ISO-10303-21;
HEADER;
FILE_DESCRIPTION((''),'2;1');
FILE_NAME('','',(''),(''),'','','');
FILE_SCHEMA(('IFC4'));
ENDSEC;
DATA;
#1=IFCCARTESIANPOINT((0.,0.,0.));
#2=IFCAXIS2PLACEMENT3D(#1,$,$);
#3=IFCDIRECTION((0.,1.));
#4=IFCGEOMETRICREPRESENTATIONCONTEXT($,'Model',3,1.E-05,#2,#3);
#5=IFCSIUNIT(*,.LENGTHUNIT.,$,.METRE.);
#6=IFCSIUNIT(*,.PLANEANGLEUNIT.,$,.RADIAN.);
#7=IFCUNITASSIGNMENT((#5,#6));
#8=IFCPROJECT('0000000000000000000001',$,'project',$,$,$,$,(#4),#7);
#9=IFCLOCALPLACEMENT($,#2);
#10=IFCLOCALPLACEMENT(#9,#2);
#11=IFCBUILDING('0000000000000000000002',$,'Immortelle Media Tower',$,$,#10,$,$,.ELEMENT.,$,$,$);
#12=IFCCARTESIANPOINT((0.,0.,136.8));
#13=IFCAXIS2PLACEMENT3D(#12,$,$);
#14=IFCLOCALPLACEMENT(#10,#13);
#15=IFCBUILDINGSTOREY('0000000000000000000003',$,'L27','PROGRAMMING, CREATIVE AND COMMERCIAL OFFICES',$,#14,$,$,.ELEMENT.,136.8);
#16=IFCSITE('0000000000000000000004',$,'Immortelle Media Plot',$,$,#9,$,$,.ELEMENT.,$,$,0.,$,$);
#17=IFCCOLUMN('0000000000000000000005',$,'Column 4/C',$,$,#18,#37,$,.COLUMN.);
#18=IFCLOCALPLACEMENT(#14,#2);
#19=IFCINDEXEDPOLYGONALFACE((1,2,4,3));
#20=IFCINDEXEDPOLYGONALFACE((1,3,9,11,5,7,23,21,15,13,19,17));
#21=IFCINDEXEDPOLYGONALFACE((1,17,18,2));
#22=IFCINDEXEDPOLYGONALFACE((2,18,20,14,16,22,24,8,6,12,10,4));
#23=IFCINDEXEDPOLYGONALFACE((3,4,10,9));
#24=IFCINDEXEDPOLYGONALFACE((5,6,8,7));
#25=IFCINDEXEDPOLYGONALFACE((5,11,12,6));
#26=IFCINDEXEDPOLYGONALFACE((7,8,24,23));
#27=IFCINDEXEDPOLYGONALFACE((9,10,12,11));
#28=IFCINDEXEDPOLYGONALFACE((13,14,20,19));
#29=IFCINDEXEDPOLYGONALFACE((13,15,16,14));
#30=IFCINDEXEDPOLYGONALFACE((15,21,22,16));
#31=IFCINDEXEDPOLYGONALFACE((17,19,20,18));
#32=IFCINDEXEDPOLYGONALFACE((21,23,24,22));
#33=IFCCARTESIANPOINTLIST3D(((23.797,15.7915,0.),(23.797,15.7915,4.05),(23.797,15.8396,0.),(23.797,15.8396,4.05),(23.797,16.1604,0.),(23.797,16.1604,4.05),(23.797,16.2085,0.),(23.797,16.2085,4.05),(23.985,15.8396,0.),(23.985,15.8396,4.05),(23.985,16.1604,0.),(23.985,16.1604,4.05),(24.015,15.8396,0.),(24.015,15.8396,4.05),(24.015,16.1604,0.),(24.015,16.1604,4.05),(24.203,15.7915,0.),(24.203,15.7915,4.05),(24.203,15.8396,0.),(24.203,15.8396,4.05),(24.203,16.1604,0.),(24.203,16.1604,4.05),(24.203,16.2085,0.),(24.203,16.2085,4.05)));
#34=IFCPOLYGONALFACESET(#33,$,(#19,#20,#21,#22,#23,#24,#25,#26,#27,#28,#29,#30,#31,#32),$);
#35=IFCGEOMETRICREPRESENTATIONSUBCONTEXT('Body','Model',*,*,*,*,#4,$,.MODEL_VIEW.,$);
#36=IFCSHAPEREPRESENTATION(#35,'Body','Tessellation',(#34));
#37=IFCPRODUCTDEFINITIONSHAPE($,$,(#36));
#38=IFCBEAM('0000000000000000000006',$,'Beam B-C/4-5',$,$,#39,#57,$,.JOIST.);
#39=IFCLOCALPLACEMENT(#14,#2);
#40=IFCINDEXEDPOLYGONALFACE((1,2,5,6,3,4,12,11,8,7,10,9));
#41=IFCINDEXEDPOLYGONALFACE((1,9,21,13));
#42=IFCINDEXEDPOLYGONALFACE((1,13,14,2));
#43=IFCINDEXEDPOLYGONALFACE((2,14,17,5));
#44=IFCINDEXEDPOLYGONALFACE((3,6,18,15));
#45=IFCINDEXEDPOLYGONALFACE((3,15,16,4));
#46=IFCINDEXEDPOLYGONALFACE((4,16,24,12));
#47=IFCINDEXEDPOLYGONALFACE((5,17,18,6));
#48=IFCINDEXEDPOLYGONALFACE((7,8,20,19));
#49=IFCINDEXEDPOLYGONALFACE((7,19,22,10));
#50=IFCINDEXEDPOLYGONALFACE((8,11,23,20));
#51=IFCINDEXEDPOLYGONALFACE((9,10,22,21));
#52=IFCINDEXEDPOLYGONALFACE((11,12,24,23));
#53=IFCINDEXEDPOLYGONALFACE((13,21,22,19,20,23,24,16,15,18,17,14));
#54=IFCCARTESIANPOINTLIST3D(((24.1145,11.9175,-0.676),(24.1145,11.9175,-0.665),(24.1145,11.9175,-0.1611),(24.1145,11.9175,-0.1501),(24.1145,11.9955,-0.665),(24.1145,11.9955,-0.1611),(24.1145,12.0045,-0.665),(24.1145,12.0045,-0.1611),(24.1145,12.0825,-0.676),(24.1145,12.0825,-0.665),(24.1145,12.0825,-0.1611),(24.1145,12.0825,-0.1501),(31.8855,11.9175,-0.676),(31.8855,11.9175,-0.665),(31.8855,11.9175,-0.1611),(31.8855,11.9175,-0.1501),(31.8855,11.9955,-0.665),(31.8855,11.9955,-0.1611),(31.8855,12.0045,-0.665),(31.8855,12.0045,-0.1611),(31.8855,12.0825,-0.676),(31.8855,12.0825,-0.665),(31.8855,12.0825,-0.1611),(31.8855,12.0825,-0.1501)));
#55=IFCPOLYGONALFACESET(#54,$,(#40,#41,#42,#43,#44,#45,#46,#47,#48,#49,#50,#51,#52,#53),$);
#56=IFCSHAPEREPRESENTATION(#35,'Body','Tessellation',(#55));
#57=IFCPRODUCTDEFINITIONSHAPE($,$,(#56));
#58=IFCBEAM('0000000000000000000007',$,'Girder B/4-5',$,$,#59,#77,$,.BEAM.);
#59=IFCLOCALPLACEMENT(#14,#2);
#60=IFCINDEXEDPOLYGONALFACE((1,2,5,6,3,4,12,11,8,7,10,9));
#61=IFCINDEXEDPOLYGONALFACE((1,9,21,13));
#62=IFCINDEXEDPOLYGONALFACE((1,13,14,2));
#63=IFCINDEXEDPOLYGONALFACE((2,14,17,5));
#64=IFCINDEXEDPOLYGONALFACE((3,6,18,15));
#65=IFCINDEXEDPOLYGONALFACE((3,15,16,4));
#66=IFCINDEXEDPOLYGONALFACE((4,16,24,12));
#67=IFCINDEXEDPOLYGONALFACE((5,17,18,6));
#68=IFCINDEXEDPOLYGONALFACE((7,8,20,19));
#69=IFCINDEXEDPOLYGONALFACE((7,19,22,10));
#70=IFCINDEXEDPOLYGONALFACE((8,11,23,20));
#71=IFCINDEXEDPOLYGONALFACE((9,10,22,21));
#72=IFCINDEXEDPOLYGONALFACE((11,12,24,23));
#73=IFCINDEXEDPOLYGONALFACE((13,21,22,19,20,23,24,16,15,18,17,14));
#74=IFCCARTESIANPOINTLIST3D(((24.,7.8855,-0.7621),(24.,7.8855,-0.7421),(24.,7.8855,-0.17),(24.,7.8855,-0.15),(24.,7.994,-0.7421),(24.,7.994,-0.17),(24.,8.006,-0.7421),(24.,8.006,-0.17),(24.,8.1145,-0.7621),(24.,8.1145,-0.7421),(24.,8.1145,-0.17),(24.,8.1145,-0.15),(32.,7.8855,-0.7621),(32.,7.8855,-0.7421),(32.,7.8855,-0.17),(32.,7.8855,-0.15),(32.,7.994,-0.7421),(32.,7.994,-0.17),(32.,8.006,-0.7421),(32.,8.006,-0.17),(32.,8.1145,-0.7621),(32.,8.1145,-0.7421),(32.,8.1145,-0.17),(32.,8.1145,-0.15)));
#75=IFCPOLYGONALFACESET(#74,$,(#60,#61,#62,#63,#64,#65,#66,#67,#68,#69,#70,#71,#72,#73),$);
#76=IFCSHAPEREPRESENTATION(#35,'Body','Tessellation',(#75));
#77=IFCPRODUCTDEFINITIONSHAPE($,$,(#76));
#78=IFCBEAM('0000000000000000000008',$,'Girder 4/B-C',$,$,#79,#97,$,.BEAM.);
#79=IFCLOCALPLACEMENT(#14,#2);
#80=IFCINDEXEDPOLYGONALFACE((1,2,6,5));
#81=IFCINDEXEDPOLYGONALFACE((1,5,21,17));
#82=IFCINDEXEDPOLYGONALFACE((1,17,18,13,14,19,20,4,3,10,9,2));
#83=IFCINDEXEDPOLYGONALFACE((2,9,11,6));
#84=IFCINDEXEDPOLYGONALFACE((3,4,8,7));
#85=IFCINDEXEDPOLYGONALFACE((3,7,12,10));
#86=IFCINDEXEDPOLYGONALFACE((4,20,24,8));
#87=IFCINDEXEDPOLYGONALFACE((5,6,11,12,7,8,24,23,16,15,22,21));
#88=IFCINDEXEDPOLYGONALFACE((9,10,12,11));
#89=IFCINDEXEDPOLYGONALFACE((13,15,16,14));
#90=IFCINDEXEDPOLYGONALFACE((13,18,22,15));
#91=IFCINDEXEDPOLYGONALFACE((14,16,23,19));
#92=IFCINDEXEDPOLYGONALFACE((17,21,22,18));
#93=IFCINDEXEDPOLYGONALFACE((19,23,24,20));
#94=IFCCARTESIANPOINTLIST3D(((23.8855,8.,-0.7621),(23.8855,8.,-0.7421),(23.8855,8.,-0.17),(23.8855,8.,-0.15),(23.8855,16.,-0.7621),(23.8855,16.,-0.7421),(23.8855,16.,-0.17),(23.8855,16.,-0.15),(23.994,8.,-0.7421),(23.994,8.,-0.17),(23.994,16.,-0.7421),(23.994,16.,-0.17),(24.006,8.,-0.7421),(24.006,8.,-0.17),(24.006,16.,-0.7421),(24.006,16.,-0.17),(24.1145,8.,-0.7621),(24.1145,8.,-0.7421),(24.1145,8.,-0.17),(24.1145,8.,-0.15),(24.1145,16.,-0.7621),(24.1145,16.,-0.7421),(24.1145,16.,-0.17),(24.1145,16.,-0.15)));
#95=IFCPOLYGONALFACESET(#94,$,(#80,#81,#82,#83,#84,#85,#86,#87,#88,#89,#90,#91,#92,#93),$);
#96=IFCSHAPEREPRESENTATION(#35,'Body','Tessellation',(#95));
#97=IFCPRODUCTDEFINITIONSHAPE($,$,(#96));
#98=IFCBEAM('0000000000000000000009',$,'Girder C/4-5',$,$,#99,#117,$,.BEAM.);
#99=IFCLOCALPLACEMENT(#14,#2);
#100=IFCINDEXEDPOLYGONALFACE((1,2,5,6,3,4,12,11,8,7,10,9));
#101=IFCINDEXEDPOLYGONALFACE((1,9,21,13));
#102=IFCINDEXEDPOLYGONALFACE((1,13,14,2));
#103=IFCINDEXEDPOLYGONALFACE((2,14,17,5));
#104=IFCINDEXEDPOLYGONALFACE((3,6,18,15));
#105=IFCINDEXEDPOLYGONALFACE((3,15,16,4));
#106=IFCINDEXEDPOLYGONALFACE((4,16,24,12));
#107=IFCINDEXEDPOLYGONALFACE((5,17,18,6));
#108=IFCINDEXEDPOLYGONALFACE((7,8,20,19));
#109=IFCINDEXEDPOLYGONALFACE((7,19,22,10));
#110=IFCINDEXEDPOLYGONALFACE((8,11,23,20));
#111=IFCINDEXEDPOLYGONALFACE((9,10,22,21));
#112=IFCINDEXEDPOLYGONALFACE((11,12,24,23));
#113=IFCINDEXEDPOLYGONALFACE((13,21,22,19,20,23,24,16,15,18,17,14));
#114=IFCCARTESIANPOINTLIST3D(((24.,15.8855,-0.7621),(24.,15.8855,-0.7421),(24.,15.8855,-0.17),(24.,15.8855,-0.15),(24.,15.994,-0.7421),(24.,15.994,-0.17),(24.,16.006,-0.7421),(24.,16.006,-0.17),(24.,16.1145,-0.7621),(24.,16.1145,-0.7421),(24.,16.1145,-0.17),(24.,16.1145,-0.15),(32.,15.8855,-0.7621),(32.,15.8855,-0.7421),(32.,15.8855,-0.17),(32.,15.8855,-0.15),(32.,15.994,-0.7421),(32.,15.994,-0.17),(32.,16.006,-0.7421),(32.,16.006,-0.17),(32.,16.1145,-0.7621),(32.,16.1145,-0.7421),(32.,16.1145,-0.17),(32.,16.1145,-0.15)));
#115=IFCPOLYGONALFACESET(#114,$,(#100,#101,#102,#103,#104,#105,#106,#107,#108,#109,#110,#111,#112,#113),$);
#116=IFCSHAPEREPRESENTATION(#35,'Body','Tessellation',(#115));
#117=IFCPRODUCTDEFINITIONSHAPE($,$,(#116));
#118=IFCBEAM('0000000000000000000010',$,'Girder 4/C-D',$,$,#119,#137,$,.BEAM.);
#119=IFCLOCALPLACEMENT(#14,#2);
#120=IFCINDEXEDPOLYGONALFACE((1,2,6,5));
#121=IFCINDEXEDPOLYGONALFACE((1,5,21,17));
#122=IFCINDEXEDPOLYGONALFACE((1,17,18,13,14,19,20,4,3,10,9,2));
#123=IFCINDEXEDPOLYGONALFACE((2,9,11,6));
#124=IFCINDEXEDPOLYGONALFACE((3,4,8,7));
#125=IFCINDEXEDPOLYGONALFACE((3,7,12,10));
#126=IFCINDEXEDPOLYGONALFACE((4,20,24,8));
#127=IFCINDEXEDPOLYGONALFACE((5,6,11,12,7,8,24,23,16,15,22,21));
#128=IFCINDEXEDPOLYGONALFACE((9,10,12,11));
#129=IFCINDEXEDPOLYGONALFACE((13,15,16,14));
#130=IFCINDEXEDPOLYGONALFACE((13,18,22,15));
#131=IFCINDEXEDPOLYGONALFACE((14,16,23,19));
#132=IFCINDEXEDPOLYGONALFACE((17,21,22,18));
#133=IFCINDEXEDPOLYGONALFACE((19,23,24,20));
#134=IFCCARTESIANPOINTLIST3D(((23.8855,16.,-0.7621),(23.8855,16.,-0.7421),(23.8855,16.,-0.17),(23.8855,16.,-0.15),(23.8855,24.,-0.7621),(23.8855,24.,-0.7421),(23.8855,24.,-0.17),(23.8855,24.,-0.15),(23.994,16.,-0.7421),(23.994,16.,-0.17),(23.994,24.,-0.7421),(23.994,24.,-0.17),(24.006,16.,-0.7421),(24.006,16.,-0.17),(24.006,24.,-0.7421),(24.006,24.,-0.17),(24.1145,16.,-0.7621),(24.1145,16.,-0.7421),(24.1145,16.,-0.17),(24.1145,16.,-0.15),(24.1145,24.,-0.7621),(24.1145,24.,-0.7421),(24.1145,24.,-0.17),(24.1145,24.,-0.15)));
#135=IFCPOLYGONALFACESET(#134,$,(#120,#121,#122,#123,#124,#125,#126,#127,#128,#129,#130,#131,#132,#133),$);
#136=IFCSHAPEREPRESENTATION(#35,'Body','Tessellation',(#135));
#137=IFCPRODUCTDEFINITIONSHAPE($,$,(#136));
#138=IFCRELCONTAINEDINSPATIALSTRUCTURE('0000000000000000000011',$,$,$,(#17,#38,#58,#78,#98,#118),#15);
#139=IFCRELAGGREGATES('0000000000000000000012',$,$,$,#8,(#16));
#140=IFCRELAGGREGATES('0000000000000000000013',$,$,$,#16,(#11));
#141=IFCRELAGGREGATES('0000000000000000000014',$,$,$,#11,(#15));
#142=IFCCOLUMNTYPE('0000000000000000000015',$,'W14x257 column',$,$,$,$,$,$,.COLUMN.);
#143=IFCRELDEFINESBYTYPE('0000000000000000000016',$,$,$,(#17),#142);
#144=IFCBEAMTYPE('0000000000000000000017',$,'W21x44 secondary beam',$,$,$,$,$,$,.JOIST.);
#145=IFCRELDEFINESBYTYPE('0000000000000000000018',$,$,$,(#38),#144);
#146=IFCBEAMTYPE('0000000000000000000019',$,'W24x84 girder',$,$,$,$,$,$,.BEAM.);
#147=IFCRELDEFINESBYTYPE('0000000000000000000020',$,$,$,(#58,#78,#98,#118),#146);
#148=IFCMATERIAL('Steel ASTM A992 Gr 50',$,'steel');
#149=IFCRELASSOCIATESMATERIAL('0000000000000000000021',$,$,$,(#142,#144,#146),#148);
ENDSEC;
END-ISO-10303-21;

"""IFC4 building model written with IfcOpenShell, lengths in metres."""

from ifc_helpers import new_model, si_unit, direction, frame, origin, origin_2d, place, context, subcontext, project, spatial, i_section, extrude, material, material_profile, profile_set, type_object, element, save


model = new_model("IFC4")

# Units and contexts
model_context = context("Model", 3, precision=1e-05, world=origin(), true_north=direction((0.0, 1.0)))
body_context = subcontext(model_context, "Body", "Model", "MODEL_VIEW")
ifc_project = project(units=[si_unit("LENGTHUNIT", "METRE"), si_unit("PLANEANGLEUNIT", "RADIAN")], contexts=[model_context])

# Site, building, storey
site_placement = place(None, origin())
site = spatial("IfcSite", under=ifc_project, at=site_placement, Name="Immortelle Media Plot", CompositionType="ELEMENT", RefElevation=0.0)
building_placement = place(site_placement, origin())
building = spatial("IfcBuilding", under=site, at=building_placement, Name="Immortelle Media Tower", CompositionType="ELEMENT")
storey_placement = place(building_placement, frame((0.0, 0.0, 136.8)))
storey = spatial("IfcBuildingStorey", under=building, at=storey_placement, Name="L27", Description="PROGRAMMING, CREATIVE AND COMMERCIAL OFFICES", CompositionType="ELEMENT", Elevation=136.8)

# Column
ifc_material_1 = material(Name="Steel ASTM A992 Gr 50", Category="steel")
ifc_material_profile_1 = material_profile(ifc_material_1, i_section(OverallWidth=0.406, OverallDepth=0.417, WebThickness=0.03, FlangeThickness=0.0481, at=origin_2d()), Name="W14x257")
ifc_profile_set_1 = profile_set([ifc_material_profile_1], Name="Steel ASTM A992 Gr 50")
column_type = type_object("IfcColumnType", Name="W14x257 column", PredefinedType="COLUMN", material=ifc_profile_set_1)
column_placement = place(storey_placement, frame((24.0, 16.0, 0.0), z_axis=(0.0, 0.0, 1.0), x_axis=(1.0, 0.0, 0.0)))
element("IfcColumn", 1, at=column_placement, inside=storey, type_object=column_type, Name="Column 4/C", PredefinedType="COLUMN", context=body_context, shape_type="SweptSolid", body=[
    extrude(i_section(OverallWidth=0.406, OverallDepth=0.417, WebThickness=0.03, FlangeThickness=0.0481, at=origin_2d()), origin(), (0.0, 0.0, 1.0), 4.05),
])

# Beams
ifc_material_profile_2 = material_profile(ifc_material_1, i_section(OverallWidth=0.165, OverallDepth=0.5259, WebThickness=0.009, FlangeThickness=0.011, at=origin_2d()), Name="W21x44")
ifc_profile_set_2 = profile_set([ifc_material_profile_2], Name="Steel ASTM A992 Gr 50")
beam_type_1 = type_object("IfcBeamType", Name="W21x44 secondary beam", PredefinedType="JOIST", material=ifc_profile_set_2)
beam_placement = place(storey_placement, frame((24.1145, 12.0, -0.4131), z_axis=(1.0, 0.0, 0.0), x_axis=(0.0, 1.0, 0.0)))
element("IfcBeam", 2, at=beam_placement, inside=storey, type_object=beam_type_1, Name="Beam B-C/4-5", PredefinedType="JOIST", context=body_context, shape_type="SweptSolid", body=[
    extrude(i_section(OverallWidth=0.165, OverallDepth=0.5259, WebThickness=0.009, FlangeThickness=0.011, at=origin_2d()), origin(), (0.0, 0.0, 1.0), 7.771),
])
ifc_material_profile_3 = material_profile(ifc_material_1, i_section(OverallWidth=0.229, OverallDepth=0.6121, WebThickness=0.012, FlangeThickness=0.02, at=origin_2d()), Name="W24x84")
ifc_profile_set_3 = profile_set([ifc_material_profile_3], Name="Steel ASTM A992 Gr 50")
beam_type_2 = type_object("IfcBeamType", Name="W24x84 girder", PredefinedType="BEAM", material=ifc_profile_set_3)
for number, where, z_axis, x_axis, name in (
    (3, (24.0, 8.0, -0.4561), (1.0, 0.0, 0.0), (0.0, 1.0, 0.0), "Girder B/4-5"),
    (4, (24.0, 8.0, -0.4561), (0.0, 1.0, 0.0), (-1.0, 0.0, 0.0), "Girder 4/B-C"),
    (5, (24.0, 16.0, -0.4561), (1.0, 0.0, 0.0), (0.0, 1.0, 0.0), "Girder C/4-5"),
    (6, (24.0, 16.0, -0.4561), (0.0, 1.0, 0.0), (-1.0, 0.0, 0.0), "Girder 4/C-D"),
):
    element("IfcBeam", number, at=place(storey_placement, frame(where, z_axis=z_axis, x_axis=x_axis)), inside=storey, type_object=beam_type_2, Name=name, PredefinedType="BEAM", context=body_context, shape_type="SweptSolid", body=[
        extrude(i_section(OverallWidth=0.229, OverallDepth=0.6121, WebThickness=0.012, FlangeThickness=0.02, at=origin_2d()), origin(), (0.0, 0.0, 1.0), 8.0),
    ])

save(model, "model.ifc")
